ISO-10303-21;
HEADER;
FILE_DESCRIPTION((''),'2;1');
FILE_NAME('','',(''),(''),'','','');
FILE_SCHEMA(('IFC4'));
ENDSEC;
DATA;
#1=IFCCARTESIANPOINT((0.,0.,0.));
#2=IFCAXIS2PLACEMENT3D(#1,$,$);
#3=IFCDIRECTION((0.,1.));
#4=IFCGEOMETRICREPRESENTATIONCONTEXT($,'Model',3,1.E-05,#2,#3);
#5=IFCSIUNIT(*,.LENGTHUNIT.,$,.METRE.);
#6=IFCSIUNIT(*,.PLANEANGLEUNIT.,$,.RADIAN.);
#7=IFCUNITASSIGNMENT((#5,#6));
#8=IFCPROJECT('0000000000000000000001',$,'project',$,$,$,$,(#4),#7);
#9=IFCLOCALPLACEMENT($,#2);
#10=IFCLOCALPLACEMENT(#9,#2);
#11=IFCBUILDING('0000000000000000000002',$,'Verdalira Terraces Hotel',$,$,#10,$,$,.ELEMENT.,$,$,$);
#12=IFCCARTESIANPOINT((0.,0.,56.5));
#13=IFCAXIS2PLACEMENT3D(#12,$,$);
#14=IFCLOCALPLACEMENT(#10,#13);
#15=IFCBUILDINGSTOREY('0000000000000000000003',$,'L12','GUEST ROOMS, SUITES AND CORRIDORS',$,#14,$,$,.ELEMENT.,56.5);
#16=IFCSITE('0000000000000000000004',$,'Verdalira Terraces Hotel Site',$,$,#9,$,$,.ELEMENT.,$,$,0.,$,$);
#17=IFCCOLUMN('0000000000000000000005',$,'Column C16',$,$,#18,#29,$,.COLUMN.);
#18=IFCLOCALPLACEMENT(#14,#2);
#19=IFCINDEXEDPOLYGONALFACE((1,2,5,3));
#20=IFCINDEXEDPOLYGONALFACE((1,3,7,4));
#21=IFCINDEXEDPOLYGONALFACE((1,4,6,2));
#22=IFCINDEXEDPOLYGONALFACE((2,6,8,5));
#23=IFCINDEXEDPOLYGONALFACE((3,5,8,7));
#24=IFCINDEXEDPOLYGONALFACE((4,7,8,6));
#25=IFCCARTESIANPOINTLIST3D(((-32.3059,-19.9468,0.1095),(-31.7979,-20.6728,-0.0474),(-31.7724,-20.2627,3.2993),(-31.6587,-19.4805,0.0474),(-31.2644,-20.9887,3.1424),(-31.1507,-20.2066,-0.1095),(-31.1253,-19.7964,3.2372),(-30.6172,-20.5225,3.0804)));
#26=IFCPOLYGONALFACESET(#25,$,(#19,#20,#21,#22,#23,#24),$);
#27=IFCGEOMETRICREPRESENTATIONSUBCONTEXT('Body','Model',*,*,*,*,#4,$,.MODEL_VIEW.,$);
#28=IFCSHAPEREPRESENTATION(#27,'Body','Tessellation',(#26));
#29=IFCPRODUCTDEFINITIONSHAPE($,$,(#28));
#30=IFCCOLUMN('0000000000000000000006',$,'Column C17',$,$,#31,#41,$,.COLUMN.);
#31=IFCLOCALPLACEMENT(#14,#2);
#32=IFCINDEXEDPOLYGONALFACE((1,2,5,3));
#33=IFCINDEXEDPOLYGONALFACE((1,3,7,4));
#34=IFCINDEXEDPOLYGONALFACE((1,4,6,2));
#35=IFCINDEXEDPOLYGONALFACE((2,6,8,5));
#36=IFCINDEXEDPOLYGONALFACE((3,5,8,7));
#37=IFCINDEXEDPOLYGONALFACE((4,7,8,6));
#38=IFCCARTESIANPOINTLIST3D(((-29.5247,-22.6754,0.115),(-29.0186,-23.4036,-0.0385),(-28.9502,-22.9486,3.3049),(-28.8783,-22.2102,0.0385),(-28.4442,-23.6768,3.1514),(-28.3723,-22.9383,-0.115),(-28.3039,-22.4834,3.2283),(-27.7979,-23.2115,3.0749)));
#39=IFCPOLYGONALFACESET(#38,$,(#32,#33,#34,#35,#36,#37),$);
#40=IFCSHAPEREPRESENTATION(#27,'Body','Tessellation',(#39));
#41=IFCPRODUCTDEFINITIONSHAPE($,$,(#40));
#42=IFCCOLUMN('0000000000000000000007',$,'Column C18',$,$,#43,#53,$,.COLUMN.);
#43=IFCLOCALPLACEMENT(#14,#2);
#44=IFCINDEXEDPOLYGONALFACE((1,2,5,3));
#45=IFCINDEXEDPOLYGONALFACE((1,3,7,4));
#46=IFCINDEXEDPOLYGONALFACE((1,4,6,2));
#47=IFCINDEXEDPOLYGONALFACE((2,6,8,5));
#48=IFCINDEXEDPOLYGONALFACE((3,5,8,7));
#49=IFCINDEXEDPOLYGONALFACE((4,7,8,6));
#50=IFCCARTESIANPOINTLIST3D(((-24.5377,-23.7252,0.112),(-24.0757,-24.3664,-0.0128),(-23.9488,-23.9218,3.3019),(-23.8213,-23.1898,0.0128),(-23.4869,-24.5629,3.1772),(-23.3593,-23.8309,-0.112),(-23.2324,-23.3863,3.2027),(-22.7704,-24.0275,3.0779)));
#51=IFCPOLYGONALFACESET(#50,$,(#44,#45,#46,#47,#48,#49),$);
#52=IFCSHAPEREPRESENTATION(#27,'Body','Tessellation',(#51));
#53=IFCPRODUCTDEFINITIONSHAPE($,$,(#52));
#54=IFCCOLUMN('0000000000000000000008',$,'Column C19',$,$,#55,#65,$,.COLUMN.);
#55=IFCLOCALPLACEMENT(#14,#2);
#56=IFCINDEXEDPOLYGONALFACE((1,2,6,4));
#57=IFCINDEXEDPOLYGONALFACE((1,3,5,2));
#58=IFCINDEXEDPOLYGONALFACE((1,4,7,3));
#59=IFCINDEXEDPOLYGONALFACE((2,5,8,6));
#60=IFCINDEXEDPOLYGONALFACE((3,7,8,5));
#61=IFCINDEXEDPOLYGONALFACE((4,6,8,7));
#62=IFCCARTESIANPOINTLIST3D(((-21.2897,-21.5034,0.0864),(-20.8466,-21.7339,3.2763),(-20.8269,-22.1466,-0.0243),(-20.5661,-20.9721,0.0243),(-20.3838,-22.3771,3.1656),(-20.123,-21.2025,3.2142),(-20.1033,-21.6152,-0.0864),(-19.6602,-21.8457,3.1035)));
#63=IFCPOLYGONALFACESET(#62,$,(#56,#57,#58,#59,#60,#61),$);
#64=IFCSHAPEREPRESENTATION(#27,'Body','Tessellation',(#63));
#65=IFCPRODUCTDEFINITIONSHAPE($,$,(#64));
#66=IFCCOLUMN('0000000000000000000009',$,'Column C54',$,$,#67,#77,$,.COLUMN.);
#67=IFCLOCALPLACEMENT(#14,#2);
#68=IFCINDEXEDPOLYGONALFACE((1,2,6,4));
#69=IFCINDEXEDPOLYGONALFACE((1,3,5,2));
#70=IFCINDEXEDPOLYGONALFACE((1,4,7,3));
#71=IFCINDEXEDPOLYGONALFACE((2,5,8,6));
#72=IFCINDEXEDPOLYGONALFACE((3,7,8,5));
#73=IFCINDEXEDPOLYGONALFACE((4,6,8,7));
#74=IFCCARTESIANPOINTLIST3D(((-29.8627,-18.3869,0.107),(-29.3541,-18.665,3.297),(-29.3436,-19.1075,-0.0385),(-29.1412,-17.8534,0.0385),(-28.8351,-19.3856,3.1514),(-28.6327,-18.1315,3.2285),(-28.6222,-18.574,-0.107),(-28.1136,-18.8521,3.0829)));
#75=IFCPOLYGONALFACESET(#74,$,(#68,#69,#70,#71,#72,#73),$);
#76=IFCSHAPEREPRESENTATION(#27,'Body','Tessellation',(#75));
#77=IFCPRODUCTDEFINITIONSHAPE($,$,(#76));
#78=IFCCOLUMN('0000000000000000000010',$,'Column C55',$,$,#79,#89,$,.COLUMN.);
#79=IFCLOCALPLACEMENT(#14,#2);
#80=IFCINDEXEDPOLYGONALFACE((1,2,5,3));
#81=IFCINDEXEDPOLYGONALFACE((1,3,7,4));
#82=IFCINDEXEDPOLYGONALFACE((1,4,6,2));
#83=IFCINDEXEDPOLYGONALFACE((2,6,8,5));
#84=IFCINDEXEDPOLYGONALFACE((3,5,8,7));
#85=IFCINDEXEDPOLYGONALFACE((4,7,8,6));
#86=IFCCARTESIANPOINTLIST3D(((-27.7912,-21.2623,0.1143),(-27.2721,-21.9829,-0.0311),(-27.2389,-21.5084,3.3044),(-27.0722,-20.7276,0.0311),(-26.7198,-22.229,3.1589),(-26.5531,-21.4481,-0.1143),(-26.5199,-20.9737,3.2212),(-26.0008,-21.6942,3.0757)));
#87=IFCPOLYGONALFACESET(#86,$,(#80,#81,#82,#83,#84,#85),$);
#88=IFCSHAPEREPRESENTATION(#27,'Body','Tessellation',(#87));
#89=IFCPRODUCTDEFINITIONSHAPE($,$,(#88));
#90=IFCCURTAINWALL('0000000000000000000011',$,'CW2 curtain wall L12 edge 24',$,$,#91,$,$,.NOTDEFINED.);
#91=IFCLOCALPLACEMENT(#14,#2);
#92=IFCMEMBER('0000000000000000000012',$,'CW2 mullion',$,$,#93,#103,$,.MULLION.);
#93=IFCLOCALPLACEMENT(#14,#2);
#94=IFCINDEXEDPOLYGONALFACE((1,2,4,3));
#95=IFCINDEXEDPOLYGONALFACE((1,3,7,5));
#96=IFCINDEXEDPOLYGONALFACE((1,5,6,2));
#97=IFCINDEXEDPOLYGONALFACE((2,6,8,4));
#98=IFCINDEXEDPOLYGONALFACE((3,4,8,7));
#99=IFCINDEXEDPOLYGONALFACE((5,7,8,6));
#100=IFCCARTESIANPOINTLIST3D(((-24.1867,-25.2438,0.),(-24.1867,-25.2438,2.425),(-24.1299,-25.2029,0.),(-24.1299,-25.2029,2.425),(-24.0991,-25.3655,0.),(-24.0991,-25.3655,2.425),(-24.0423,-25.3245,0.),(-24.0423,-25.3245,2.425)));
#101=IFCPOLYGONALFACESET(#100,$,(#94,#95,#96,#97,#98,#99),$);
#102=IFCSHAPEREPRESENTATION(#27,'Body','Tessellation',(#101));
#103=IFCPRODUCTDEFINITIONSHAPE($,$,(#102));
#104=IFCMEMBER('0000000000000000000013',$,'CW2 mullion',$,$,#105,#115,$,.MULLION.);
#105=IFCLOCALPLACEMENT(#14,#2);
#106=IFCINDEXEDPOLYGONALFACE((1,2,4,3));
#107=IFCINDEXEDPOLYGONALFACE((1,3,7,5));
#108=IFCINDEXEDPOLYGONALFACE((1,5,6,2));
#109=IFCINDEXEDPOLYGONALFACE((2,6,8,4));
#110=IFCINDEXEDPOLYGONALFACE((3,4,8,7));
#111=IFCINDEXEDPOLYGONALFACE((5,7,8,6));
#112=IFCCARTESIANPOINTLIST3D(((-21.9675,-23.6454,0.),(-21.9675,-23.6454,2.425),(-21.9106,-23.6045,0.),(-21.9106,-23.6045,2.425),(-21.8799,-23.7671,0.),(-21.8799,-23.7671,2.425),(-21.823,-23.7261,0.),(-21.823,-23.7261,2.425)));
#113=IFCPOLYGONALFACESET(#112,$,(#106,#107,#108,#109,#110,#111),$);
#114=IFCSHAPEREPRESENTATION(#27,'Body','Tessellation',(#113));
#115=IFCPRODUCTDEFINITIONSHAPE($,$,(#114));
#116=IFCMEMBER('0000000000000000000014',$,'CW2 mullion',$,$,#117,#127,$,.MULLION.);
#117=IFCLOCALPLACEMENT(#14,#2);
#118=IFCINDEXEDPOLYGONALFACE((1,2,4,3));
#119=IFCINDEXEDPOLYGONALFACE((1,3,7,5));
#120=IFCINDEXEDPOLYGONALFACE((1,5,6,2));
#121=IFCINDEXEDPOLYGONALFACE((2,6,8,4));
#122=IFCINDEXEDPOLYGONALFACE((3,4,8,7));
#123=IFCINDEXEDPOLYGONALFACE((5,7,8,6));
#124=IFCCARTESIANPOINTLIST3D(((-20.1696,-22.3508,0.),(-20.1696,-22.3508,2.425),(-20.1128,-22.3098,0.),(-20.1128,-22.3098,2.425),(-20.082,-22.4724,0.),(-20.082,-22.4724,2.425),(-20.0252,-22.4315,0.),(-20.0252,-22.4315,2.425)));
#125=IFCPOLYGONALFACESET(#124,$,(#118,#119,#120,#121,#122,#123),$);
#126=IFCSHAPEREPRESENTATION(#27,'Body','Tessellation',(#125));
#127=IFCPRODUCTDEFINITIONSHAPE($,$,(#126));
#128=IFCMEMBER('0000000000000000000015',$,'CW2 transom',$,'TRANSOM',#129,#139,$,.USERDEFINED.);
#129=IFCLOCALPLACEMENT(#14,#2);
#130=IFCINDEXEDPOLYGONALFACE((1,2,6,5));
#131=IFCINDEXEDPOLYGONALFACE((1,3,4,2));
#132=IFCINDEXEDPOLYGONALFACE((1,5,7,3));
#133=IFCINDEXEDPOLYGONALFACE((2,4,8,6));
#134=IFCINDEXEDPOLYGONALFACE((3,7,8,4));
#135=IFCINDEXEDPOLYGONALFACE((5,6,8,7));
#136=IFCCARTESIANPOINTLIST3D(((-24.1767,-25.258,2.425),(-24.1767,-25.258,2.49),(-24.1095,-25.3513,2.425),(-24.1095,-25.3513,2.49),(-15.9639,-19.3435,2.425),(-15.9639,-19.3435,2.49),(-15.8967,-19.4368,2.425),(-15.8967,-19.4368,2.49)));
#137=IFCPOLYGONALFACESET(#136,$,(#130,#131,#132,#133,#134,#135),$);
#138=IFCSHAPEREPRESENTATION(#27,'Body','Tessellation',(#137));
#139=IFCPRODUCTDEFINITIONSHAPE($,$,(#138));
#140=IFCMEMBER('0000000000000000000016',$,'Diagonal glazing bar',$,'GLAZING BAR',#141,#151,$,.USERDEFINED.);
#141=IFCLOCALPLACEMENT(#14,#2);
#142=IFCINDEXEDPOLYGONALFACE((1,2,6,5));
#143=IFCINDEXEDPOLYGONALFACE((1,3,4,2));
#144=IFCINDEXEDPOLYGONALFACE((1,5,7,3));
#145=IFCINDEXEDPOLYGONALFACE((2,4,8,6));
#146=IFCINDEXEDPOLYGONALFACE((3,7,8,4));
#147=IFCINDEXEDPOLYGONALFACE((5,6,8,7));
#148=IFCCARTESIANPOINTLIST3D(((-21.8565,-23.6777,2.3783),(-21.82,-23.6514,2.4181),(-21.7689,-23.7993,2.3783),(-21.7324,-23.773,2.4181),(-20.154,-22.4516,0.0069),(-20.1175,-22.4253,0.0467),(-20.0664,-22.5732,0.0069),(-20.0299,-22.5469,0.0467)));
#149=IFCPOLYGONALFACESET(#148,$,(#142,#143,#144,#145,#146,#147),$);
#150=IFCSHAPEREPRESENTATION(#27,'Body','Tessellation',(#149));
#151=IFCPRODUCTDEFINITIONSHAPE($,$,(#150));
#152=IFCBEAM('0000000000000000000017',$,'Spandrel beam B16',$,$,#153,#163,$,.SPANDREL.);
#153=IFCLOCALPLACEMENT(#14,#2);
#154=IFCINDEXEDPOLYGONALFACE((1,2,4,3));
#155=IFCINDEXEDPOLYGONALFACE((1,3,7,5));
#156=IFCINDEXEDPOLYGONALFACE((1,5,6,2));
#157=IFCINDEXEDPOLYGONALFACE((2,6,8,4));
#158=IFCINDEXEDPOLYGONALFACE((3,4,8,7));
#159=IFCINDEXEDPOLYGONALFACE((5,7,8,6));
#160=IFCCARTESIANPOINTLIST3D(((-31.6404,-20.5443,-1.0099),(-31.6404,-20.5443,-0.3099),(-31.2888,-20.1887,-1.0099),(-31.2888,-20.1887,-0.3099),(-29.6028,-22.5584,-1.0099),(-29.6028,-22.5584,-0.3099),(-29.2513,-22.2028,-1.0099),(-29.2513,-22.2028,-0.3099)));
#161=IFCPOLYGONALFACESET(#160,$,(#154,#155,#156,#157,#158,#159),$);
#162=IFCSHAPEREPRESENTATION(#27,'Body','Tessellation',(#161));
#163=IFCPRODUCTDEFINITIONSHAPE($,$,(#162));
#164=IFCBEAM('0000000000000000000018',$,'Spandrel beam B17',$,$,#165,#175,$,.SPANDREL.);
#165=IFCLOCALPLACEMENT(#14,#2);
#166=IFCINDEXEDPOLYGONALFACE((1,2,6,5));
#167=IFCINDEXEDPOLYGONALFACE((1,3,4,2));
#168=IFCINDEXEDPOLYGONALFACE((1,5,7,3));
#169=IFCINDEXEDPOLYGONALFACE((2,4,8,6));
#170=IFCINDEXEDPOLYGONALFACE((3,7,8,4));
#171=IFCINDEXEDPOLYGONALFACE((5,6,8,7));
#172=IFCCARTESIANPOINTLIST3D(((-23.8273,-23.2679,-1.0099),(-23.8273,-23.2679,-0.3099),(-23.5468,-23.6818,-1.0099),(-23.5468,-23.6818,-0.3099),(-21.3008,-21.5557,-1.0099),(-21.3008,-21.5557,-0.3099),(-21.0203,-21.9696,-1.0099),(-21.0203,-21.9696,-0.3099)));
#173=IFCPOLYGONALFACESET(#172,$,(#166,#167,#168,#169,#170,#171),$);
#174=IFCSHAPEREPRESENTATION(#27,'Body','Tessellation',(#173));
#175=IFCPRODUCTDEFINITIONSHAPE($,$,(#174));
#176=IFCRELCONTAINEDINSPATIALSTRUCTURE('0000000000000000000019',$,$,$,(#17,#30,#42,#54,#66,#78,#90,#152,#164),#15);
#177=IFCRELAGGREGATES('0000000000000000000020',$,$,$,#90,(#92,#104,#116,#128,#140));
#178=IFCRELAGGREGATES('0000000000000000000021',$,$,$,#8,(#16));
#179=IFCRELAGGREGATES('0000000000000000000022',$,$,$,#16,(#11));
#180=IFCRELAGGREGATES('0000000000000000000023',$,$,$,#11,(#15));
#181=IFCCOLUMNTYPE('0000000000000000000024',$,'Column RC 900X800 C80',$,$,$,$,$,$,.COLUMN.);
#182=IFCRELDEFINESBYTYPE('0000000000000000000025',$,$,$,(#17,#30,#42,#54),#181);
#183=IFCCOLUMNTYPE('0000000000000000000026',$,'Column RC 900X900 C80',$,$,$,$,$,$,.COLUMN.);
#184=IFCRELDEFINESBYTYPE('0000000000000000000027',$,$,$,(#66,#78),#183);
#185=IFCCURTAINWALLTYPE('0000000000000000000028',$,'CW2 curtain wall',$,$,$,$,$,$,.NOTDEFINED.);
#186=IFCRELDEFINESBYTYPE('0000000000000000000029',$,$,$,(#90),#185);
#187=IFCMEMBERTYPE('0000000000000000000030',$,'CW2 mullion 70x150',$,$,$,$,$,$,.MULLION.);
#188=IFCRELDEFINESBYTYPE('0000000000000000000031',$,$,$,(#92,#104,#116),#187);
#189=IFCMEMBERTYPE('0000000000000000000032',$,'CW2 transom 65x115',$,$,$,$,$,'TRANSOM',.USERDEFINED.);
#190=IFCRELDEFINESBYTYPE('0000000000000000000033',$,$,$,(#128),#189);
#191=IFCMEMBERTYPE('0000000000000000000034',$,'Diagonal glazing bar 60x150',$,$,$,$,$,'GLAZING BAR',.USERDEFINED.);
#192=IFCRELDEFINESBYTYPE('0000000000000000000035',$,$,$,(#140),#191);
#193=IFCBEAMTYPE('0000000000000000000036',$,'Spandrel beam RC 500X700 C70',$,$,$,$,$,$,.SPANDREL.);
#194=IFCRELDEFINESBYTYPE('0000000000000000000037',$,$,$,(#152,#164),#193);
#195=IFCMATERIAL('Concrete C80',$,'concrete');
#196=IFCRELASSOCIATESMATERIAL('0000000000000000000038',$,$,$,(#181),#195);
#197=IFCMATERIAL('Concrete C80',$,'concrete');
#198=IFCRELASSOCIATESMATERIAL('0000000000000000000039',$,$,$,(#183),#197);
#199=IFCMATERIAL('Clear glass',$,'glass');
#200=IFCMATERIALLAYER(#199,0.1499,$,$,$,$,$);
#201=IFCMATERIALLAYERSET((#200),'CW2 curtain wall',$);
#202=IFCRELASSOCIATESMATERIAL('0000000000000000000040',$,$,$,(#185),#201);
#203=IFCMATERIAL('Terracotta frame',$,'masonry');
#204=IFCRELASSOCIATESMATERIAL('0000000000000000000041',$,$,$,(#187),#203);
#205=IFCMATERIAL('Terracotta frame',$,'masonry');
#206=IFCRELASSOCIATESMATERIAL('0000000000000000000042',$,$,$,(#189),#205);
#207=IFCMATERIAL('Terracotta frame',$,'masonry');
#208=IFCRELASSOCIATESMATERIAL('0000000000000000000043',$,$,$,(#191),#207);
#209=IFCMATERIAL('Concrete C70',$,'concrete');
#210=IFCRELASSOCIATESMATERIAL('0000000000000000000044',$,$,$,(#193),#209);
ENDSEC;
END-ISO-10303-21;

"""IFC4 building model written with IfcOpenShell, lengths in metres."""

from ifc_helpers import new_model, si_unit, direction, frame, origin, origin_2d, place, context, subcontext, project, spatial, rectangle, extrude, material, layer, layer_set, material_profile, profile_set, type_object, element, aggregate, save


model = new_model("IFC4")

# Units and contexts
model_context = context("Model", 3, precision=1e-05, world=origin(), true_north=direction((0.0, 1.0)))
body_context = subcontext(model_context, "Body", "Model", "MODEL_VIEW")
ifc_project = project(units=[si_unit("LENGTHUNIT", "METRE"), si_unit("PLANEANGLEUNIT", "RADIAN")], contexts=[model_context])

# Site, building, storey
site_placement = place(None, origin())
site = spatial("IfcSite", under=ifc_project, at=site_placement, Name="Verdalira Terraces Hotel Site", CompositionType="ELEMENT", RefElevation=0.0)
building_placement = place(site_placement, origin())
building = spatial("IfcBuilding", under=site, at=building_placement, Name="Verdalira Terraces Hotel", CompositionType="ELEMENT")
storey_placement = place(building_placement, frame((0.0, 0.0, 56.5)))
storey = spatial("IfcBuildingStorey", under=building, at=storey_placement, Name="L12", Description="GUEST ROOMS, SUITES AND CORRIDORS", CompositionType="ELEMENT", Elevation=56.5)

# Columns
ifc_material_1 = material(Name="Concrete C80", Category="concrete")
ifc_material_profile_1 = material_profile(ifc_material_1, rectangle(XDim=0.8999, YDim=0.8, at=origin_2d()), Name="RC 900X800")
ifc_profile_set_1 = profile_set([ifc_material_profile_1], Name="Concrete C80")
column_type_1 = type_object("IfcColumnType", Name="Column RC 900X800 C80", PredefinedType="COLUMN", material=ifc_profile_set_1)
column_1_placement = place(storey_placement, frame((-31.7283, -20.0767, 0.0), z_axis=(0.164156, -0.097217, 0.981632), x_axis=(0.564518, -0.806807, -0.174306)))
element("IfcColumn", 1, at=column_1_placement, inside=storey, type_object=column_type_1, Name="Column C16", PredefinedType="COLUMN", context=body_context, shape_type="SweptSolid", body=[
    extrude(rectangle(XDim=0.8999, YDim=0.8, at=origin_2d()), origin(), (0.0, 0.0, 1.0), 3.2495),
])
column_2_placement = place(storey_placement, frame((-28.9485, -22.8069, 0.0), z_axis=(0.176608, -0.083988, 0.980691), x_axis=(0.562289, -0.809161, -0.170558)))
element("IfcColumn", 2, at=column_2_placement, inside=storey, type_object=column_type_1, Name="Column C17", PredefinedType="COLUMN", context=body_context, shape_type="SweptSolid", body=[
    extrude(rectangle(XDim=0.8999, YDim=0.8, at=origin_2d()), origin(), (0.0, 0.0, 1.0), 3.2527),
])
column_3_placement = place(storey_placement, frame((-23.9485, -23.7781, 0.0), z_axis=(0.181202, -0.060476, 0.981585), x_axis=(0.796101, 0.595027, -0.110301)))
element("IfcColumn", 3, at=column_3_placement, inside=storey, type_object=column_type_1, Name="Column C18", PredefinedType="COLUMN", context=body_context, shape_type="SweptSolid", body=[
    extrude(rectangle(XDim=0.8999, YDim=0.8, at=origin_2d()), origin(), (0.0, 0.0, 1.0), 3.2498),
])
column_4_placement = place(storey_placement, frame((-20.6965, -21.5593, 0.0), z_axis=(0.137238, -0.071379, 0.987963), x_axis=(0.804095, 0.590479, -0.069036)))
element("IfcColumn", 4, at=column_4_placement, inside=storey, type_object=column_type_1, Name="Column C19", PredefinedType="COLUMN", context=body_context, shape_type="SweptSolid", body=[
    extrude(rectangle(XDim=0.8999, YDim=0.8, at=origin_2d()), origin(), (0.0, 0.0, 1.0), 3.2288),
])
ifc_material_2 = material(Name="Concrete C80", Category="concrete")
ifc_material_profile_2 = material_profile(ifc_material_2, rectangle(XDim=0.8999, YDim=0.8999, at=origin_2d()), Name="RC 900X900")
ifc_profile_set_2 = profile_set([ifc_material_profile_2], Name="Concrete C80")
column_type_2 = type_object("IfcColumnType", Name="Column RC 900X900 C80", PredefinedType="COLUMN", material=ifc_profile_set_2)
column_5_placement = place(storey_placement, frame((-29.2424, -18.4805, 0.0), z_axis=(0.156853, -0.085769, 0.983891), x_axis=(-0.801693, -0.592869, 0.076125)))
element("IfcColumn", 5, at=column_5_placement, inside=storey, type_object=column_type_2, Name="Column C54", PredefinedType="COLUMN", context=body_context, shape_type="SweptSolid", body=[
    extrude(rectangle(XDim=0.8999, YDim=0.8999, at=origin_2d()), origin(), (0.0, 0.0, 1.0), 3.2422),
])
column_6_placement = place(storey_placement, frame((-27.1721, -21.3552, 0.0), z_axis=(0.170093, -0.075797, 0.982509), x_axis=(-0.798956, -0.594237, 0.092473)))
element("IfcColumn", 6, at=column_6_placement, inside=storey, type_object=column_type_2, Name="Column C55", PredefinedType="COLUMN", context=body_context, shape_type="SweptSolid", body=[
    extrude(rectangle(XDim=0.8999, YDim=0.8999, at=origin_2d()), origin(), (0.0, 0.0, 1.0), 3.2468),
])

# Curtain wall, members
ifc_material_3 = material(Name="Clear glass", Category="glass")
ifc_layer_1 = layer(ifc_material_3, 0.1499)
ifc_layer_set_1 = layer_set([ifc_layer_1], Name="CW2 curtain wall")
curtain_wall_type = type_object("IfcCurtainWallType", Name="CW2 curtain wall", PredefinedType="NOTDEFINED", material=ifc_layer_set_1)
curtain_wall_placement = place(storey_placement, origin())
curtain_wall = element("IfcCurtainWall", 7, at=curtain_wall_placement, inside=storey, type_object=curtain_wall_type, Name="CW2 curtain wall L12 edge 24", PredefinedType="NOTDEFINED")
ifc_material_4 = material(Name="Terracotta frame", Category="masonry")
ifc_material_profile_3 = material_profile(ifc_material_4, rectangle(XDim=0.0701, YDim=0.1499, at=origin_2d()), Name="MU 70x150")
ifc_profile_set_3 = profile_set([ifc_material_profile_3], Name="Terracotta frame")
member_type_1 = type_object("IfcMemberType", Name="CW2 mullion 70x150", PredefinedType="MULLION", material=ifc_profile_set_3)
member_1_placement = place(storey_placement, frame((-24.1145, -25.2842, 0.0), z_axis=(0.0, 0.0, 1.0), x_axis=(0.811472, 0.584391, 0.0)))
member_1 = element("IfcMember", 8, at=member_1_placement, type_object=member_type_1, Name="CW2 mullion", PredefinedType="MULLION", context=body_context, shape_type="SweptSolid", body=[
    extrude(rectangle(XDim=0.0701, YDim=0.1499, at=origin_2d()), origin(), (0.0, 0.0, 1.0), 2.425),
])
member_2_placement = place(storey_placement, frame((-21.8953, -23.6858, 0.0), z_axis=(0.0, 0.0, 1.0), x_axis=(0.811472, 0.584391, 0.0)))
member_2 = element("IfcMember", 9, at=member_2_placement, type_object=member_type_1, Name="CW2 mullion", PredefinedType="MULLION", context=body_context, shape_type="SweptSolid", body=[
    extrude(rectangle(XDim=0.0701, YDim=0.1499, at=origin_2d()), origin(), (0.0, 0.0, 1.0), 2.425),
])
member_3_placement = place(storey_placement, frame((-20.0974, -22.3911, 0.0), z_axis=(0.0, 0.0, 1.0), x_axis=(0.811472, 0.584391, 0.0)))
member_3 = element("IfcMember", 10, at=member_3_placement, type_object=member_type_1, Name="CW2 mullion", PredefinedType="MULLION", context=body_context, shape_type="SweptSolid", body=[
    extrude(rectangle(XDim=0.0701, YDim=0.1499, at=origin_2d()), origin(), (0.0, 0.0, 1.0), 2.425),
])
ifc_material_5 = material(Name="Terracotta frame", Category="masonry")
ifc_material_profile_4 = material_profile(ifc_material_5, rectangle(XDim=0.115, YDim=0.0649, at=origin_2d()), Name="TR 65x115")
ifc_profile_set_4 = profile_set([ifc_material_profile_4], Name="Terracotta frame")
member_type_2 = type_object("IfcMemberType", Name="CW2 transom 65x115", ElementType="TRANSOM", PredefinedType="USERDEFINED", material=ifc_profile_set_4)
member_4_placement = place(storey_placement, frame((-24.1431, -25.3047, 2.4575), z_axis=(0.811475, 0.584387, 0.0), x_axis=(-0.584387, 0.811475, 0.0)))
member_4 = element("IfcMember", 11, at=member_4_placement, type_object=member_type_2, Name="CW2 transom", ObjectType="TRANSOM", PredefinedType="USERDEFINED", context=body_context, shape_type="SweptSolid", body=[
    extrude(rectangle(XDim=0.115, YDim=0.0649, at=origin_2d()), origin(), (0.0, 0.0, 1.0), 10.1209),
])
ifc_material_6 = material(Name="Terracotta frame", Category="masonry")
ifc_material_profile_5 = material_profile(ifc_material_6, rectangle(XDim=0.1499, YDim=0.0601, at=origin_2d()), Name="GB 60x150")
ifc_profile_set_5 = profile_set([ifc_material_profile_5], Name="Terracotta frame")
member_type_3 = type_object("IfcMemberType", Name="Diagonal glazing bar 60x150", ElementType="GLAZING BAR", PredefinedType="USERDEFINED", material=ifc_profile_set_5)
member_5_placement = place(storey_placement, frame((-21.7944, -23.7253, 2.3982), z_axis=(0.537682, 0.387242, -0.748961), x_axis=(-0.584415, 0.811455, 0.0)))
member_5 = element("IfcMember", 12, at=member_5_placement, type_object=member_type_3, Name="Diagonal glazing bar", ObjectType="GLAZING BAR", PredefinedType="USERDEFINED", context=body_context, shape_type="SweptSolid", body=[
    extrude(rectangle(XDim=0.1499, YDim=0.0601, at=origin_2d()), origin(), (0.0, 0.0, 1.0), 3.1663),
])

# Beams
ifc_material_7 = material(Name="Concrete C70", Category="concrete")
ifc_material_profile_6 = material_profile(ifc_material_7, rectangle(XDim=0.5, YDim=0.7, at=origin_2d()), Name="RC 500X700")
ifc_profile_set_6 = profile_set([ifc_material_profile_6], Name="Concrete C70")
beam_type = type_object("IfcBeamType", Name="Spandrel beam RC 500X700 C70", PredefinedType="SPANDREL", material=ifc_profile_set_6)
beam_1_placement = place(storey_placement, frame((-31.4646, -20.3665, -0.6599), z_axis=(0.711185, -0.703005, 0.0), x_axis=(0.703005, 0.711185, 0.0)))
element("IfcBeam", 13, at=beam_1_placement, inside=storey, type_object=beam_type, Name="Spandrel beam B16", PredefinedType="SPANDREL", context=body_context, shape_type="SweptSolid", body=[
    extrude(rectangle(XDim=0.5, YDim=0.7, at=origin_2d()), origin(), (0.0, 0.0, 1.0), 2.865),
])
beam_2_placement = place(storey_placement, frame((-23.687, -23.4749, -0.6599), z_axis=(0.827805, 0.561016, 0.0), x_axis=(-0.561016, 0.827805, 0.0)))
element("IfcBeam", 14, at=beam_2_placement, inside=storey, type_object=beam_type, Name="Spandrel beam B17", PredefinedType="SPANDREL", context=body_context, shape_type="SweptSolid", body=[
    extrude(rectangle(XDim=0.5, YDim=0.7, at=origin_2d()), origin(), (0.0, 0.0, 1.0), 3.052),
])

aggregate(curtain_wall, [member_1, member_2, member_3, member_4, member_5])

save(model, "model.ifc")
